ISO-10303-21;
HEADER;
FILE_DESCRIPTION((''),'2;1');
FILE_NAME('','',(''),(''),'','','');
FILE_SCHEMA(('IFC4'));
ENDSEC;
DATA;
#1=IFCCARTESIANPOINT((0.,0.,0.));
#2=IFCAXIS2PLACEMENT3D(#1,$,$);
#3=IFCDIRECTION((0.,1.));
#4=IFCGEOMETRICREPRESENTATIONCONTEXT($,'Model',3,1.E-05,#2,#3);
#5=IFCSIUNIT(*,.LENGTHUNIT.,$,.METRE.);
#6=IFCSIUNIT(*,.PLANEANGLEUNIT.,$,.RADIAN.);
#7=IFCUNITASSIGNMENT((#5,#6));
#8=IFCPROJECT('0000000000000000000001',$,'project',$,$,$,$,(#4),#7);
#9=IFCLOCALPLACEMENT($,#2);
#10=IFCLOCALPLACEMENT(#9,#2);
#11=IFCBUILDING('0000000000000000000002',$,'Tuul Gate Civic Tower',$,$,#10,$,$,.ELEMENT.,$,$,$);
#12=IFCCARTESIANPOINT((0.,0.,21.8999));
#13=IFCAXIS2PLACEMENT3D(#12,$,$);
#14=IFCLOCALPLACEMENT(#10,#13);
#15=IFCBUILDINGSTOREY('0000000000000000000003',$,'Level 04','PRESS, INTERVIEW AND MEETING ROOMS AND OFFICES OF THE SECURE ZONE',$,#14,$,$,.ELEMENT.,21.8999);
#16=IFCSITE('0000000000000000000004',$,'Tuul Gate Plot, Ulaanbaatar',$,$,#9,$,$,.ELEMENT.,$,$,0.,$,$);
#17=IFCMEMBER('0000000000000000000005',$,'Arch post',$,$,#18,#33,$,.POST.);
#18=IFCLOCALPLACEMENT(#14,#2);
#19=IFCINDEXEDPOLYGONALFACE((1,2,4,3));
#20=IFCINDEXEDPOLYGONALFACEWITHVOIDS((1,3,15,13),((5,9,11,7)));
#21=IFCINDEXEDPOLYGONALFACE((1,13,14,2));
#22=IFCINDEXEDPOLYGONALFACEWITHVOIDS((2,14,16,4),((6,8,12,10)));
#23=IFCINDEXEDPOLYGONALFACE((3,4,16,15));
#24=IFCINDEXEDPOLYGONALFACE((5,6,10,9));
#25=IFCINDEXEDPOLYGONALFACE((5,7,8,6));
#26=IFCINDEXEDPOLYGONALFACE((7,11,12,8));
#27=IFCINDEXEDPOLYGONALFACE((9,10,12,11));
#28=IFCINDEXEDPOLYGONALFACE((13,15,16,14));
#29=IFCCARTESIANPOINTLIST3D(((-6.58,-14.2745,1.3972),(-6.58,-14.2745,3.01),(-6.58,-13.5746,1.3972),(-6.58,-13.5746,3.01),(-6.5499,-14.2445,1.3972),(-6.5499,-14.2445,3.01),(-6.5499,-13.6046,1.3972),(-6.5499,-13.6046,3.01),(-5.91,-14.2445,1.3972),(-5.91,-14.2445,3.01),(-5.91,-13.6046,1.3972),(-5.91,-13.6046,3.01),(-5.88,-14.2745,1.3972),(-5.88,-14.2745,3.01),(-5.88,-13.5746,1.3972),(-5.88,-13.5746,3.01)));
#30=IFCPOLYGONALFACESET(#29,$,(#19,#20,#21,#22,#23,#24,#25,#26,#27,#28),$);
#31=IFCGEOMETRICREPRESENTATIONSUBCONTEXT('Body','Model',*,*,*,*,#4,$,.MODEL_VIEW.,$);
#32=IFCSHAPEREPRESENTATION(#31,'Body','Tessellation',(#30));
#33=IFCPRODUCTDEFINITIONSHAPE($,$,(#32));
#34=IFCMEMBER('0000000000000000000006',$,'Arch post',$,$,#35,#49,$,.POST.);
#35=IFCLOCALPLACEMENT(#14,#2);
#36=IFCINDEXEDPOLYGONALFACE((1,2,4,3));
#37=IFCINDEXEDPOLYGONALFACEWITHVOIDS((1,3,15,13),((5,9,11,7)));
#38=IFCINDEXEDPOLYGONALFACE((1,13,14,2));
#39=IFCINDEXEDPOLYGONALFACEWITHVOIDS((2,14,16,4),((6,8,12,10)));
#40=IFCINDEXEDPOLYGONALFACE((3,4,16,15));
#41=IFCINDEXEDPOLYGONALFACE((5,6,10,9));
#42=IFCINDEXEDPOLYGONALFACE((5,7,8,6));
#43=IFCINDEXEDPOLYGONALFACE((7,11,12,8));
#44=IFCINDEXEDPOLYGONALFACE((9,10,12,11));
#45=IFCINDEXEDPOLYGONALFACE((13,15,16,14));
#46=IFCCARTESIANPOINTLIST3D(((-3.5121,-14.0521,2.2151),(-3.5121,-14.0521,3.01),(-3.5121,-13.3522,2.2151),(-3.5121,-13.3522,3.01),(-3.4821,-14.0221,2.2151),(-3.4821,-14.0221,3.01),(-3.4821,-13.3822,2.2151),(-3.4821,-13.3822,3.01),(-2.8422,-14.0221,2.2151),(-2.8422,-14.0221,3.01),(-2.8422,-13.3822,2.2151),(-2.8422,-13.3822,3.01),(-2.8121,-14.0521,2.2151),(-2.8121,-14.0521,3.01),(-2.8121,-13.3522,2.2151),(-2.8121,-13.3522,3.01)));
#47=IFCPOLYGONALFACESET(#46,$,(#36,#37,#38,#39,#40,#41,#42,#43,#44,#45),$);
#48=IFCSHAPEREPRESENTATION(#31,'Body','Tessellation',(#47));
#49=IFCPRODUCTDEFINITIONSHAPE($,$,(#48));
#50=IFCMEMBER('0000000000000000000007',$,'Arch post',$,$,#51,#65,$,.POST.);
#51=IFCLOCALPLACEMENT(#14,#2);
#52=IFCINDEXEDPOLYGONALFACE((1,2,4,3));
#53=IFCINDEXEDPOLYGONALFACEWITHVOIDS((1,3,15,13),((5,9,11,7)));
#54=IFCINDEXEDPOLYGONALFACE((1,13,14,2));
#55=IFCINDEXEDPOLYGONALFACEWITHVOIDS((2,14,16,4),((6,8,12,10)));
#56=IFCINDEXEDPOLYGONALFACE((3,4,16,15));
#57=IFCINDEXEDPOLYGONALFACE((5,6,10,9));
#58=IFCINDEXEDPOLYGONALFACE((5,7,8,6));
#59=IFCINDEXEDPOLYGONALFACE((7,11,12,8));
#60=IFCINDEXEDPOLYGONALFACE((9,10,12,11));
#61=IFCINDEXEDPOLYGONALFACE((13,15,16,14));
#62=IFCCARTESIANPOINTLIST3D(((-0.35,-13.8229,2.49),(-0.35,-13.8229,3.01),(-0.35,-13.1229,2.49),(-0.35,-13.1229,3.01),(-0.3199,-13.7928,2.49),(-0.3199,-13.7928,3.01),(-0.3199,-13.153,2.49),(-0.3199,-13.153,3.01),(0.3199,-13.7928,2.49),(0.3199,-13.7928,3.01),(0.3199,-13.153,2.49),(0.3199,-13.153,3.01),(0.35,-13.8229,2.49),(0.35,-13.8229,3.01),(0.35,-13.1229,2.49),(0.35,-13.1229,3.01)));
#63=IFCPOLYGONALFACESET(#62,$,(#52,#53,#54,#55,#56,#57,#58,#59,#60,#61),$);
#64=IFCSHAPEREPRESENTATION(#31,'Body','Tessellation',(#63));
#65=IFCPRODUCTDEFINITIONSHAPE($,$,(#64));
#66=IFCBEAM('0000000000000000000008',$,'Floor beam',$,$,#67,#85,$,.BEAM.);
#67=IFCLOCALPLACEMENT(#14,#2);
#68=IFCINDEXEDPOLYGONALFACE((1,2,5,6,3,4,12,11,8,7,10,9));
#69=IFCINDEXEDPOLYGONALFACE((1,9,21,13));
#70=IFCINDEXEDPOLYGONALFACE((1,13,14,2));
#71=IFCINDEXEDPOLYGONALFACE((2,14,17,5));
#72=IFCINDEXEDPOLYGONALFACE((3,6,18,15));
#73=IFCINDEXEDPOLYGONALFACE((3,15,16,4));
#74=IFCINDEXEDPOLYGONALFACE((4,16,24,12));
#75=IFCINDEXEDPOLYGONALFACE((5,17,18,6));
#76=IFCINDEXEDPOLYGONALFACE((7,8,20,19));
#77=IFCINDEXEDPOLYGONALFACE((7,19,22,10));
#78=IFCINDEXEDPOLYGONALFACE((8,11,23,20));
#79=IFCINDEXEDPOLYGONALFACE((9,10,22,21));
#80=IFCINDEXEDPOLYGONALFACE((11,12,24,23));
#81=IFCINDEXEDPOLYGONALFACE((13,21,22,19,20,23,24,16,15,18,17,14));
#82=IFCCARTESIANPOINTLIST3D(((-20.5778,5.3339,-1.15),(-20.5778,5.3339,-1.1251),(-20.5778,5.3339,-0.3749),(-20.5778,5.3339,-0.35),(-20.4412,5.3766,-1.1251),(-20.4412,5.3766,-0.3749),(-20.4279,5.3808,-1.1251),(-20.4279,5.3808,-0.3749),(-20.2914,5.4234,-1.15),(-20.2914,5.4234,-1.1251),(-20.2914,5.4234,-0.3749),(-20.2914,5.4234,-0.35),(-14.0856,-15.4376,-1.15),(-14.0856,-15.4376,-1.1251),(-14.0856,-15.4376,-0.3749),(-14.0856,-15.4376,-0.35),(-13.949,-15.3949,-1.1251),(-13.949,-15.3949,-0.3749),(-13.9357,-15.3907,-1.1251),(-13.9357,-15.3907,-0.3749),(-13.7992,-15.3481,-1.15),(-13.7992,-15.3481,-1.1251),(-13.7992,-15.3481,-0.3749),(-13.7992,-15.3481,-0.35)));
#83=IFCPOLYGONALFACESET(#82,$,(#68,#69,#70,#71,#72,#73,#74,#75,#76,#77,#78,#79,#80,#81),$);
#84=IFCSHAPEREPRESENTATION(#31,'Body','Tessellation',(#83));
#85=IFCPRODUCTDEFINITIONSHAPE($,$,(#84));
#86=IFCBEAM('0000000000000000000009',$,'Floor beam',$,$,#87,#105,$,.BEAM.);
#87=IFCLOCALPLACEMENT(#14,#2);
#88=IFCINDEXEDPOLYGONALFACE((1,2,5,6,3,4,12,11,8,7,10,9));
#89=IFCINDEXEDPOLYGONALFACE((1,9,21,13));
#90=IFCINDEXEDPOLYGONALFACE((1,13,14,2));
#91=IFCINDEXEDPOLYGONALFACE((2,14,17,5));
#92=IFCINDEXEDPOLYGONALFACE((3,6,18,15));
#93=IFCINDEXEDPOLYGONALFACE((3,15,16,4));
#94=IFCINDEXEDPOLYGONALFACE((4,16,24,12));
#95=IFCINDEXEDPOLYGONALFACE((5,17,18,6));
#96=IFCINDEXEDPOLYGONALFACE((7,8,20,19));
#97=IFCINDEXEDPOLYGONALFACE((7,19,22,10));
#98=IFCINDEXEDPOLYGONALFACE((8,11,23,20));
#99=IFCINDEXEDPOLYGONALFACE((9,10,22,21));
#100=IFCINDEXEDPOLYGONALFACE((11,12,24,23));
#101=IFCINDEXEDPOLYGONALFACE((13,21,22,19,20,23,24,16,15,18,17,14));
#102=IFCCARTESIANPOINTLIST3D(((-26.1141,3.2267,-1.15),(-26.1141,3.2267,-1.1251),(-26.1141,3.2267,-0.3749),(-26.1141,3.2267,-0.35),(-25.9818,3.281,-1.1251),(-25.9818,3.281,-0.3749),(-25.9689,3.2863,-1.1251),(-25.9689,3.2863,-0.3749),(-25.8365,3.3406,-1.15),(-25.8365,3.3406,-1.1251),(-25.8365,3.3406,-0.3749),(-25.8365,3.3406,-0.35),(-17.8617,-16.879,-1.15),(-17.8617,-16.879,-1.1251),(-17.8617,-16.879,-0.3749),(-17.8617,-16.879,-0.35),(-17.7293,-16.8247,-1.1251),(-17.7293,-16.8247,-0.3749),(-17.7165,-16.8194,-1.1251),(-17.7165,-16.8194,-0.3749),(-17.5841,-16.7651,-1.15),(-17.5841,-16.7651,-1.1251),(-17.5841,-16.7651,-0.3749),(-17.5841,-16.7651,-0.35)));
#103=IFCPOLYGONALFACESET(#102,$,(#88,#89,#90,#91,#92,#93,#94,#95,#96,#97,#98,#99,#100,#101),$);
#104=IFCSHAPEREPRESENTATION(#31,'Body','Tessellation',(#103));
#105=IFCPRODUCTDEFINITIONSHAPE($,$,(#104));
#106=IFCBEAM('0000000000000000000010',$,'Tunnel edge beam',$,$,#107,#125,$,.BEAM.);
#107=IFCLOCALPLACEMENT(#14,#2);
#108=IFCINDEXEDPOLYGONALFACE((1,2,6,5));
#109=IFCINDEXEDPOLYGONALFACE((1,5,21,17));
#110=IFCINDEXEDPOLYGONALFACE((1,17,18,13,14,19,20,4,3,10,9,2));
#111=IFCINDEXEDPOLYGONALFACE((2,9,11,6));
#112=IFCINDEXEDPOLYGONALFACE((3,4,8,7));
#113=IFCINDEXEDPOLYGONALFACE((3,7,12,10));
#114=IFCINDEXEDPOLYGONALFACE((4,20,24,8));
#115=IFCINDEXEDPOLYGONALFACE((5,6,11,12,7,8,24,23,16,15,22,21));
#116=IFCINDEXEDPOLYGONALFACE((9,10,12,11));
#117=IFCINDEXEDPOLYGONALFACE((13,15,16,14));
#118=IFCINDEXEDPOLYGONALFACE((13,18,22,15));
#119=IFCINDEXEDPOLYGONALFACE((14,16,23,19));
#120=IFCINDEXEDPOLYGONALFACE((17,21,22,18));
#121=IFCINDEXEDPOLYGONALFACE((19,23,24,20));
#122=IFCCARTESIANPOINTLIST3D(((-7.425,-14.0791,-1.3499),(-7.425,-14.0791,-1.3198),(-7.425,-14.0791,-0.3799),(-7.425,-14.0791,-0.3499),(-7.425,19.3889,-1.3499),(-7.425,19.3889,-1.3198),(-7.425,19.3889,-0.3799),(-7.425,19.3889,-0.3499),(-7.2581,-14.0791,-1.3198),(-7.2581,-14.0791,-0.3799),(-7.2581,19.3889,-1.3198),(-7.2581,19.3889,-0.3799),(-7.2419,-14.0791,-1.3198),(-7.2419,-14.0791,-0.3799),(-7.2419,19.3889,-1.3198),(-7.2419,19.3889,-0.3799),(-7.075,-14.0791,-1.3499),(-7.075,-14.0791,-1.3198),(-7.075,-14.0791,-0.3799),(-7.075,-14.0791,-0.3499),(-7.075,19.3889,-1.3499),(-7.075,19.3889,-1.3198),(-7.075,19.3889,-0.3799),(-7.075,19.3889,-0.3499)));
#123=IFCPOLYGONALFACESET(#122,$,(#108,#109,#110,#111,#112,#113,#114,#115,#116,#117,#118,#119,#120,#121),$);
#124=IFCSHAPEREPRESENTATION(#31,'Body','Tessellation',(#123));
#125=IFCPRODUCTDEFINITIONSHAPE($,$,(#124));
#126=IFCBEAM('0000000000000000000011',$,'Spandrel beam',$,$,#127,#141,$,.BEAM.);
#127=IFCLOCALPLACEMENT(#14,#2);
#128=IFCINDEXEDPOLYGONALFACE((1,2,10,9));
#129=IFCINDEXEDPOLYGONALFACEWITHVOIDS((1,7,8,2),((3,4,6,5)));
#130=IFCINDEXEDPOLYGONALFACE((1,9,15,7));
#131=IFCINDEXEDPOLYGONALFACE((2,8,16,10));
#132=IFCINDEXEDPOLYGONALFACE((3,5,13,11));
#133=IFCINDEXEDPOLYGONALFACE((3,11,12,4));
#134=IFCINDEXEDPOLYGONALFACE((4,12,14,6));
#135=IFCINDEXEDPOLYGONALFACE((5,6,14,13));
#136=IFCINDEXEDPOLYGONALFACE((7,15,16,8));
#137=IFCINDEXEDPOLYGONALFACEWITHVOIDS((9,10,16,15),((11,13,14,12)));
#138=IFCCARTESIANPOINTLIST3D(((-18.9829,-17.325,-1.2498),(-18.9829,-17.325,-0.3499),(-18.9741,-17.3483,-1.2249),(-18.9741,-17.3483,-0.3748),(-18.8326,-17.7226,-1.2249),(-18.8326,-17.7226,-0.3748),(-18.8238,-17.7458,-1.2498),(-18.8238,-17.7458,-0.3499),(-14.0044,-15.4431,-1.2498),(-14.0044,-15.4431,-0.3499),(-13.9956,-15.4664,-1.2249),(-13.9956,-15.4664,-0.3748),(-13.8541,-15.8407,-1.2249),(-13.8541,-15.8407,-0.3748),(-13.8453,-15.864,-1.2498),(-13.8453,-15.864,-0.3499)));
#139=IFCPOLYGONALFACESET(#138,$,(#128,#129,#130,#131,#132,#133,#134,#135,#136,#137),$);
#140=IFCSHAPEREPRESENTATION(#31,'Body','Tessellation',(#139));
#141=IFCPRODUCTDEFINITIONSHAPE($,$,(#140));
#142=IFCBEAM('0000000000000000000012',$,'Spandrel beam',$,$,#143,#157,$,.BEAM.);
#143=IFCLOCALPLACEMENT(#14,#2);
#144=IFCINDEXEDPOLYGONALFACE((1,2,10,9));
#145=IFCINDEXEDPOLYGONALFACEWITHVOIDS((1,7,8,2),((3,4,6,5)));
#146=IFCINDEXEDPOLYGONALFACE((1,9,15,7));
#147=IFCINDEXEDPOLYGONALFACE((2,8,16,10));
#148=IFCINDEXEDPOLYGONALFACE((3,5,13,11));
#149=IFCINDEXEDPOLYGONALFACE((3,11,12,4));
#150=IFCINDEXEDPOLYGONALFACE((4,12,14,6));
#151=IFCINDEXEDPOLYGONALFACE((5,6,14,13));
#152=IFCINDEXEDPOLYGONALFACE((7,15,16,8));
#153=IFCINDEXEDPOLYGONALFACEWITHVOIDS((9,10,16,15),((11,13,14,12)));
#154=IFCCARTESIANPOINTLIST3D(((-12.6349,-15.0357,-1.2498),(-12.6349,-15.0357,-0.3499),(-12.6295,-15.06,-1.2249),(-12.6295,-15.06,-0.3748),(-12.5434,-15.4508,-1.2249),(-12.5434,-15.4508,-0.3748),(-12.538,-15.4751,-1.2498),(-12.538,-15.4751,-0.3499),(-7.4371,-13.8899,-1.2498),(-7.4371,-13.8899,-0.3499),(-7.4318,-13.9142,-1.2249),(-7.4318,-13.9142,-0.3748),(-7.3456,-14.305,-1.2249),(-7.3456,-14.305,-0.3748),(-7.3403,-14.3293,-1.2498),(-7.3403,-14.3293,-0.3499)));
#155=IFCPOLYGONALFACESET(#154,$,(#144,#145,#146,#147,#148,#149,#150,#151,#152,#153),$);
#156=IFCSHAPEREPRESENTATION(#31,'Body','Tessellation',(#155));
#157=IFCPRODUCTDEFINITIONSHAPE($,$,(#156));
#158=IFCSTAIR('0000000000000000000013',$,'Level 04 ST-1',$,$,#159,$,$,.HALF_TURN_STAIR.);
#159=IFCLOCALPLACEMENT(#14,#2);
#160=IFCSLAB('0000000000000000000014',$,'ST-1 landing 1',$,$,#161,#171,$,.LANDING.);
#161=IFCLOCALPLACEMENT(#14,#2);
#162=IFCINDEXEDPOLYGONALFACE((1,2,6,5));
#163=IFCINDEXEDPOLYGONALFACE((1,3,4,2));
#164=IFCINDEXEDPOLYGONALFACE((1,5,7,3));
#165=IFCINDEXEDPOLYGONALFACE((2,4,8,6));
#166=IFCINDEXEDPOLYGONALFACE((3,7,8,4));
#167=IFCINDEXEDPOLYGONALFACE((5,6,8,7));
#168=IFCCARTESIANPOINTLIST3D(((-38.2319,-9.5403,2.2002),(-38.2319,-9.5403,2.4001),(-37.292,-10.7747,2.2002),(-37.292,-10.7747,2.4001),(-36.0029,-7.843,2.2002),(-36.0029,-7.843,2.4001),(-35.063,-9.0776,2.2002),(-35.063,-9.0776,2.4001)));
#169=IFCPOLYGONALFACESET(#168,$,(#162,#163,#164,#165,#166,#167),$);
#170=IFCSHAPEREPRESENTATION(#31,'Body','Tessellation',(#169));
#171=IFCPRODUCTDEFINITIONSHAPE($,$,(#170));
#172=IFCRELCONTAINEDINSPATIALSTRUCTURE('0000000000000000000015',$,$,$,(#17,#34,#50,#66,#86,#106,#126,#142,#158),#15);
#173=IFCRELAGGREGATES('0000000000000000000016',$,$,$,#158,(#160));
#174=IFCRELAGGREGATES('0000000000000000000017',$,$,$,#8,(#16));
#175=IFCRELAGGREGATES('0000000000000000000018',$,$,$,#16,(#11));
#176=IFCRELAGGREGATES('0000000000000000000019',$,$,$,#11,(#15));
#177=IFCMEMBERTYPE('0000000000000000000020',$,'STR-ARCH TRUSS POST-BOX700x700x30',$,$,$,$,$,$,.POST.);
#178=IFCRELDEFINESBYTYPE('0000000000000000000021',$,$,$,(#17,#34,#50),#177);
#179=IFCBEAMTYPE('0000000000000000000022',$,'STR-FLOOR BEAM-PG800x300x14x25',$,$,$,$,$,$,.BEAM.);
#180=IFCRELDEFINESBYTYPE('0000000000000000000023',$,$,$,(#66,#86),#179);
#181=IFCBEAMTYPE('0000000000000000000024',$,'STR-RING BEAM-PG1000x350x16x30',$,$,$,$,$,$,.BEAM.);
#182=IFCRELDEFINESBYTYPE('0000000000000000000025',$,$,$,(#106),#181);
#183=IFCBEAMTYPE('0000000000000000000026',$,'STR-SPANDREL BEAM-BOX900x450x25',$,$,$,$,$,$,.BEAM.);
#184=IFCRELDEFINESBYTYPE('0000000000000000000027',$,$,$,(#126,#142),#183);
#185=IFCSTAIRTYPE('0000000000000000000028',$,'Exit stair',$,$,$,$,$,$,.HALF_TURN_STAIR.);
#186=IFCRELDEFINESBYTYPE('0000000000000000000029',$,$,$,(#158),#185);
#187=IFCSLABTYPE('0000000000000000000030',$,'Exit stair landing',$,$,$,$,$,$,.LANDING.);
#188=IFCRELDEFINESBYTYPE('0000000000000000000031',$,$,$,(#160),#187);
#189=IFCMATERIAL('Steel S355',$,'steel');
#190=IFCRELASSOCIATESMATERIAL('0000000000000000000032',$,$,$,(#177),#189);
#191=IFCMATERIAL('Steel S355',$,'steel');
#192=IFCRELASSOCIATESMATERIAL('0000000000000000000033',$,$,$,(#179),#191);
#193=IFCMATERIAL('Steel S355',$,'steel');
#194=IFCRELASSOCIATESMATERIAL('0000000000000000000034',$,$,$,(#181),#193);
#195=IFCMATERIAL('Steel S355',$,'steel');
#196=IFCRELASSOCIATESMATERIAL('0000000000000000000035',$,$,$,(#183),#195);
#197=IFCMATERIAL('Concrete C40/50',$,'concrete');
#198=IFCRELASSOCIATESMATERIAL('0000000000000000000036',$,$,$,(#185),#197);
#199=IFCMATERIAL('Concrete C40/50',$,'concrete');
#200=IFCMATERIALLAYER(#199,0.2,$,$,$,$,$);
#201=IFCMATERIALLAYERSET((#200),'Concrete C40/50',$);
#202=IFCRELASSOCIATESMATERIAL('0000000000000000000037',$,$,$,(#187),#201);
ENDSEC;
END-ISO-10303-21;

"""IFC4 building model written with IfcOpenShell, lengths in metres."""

from ifc_helpers import new_model, si_unit, direction, frame, origin, origin_2d, place, context, subcontext, project, spatial, polyline, hollow_rectangle, i_section, outline, extrude, material, layer, layer_set, material_profile, profile_set, type_object, element, aggregate, save


model = new_model("IFC4")

# Units and contexts
model_context = context("Model", 3, precision=1e-05, world=origin(), true_north=direction((0.0, 1.0)))
body_context = subcontext(model_context, "Body", "Model", "MODEL_VIEW")
ifc_project = project(units=[si_unit("LENGTHUNIT", "METRE"), si_unit("PLANEANGLEUNIT", "RADIAN")], contexts=[model_context])

# Site, building, storey
site_placement = place(None, origin())
site = spatial("IfcSite", under=ifc_project, at=site_placement, Name="Tuul Gate Plot, Ulaanbaatar", CompositionType="ELEMENT", RefElevation=0.0)
building_placement = place(site_placement, origin())
building = spatial("IfcBuilding", under=site, at=building_placement, Name="Tuul Gate Civic Tower", CompositionType="ELEMENT")
storey_placement = place(building_placement, frame((0.0, 0.0, 21.8999)))
storey = spatial("IfcBuildingStorey", under=building, at=storey_placement, Name="Level 04", Description="PRESS, INTERVIEW AND MEETING ROOMS AND OFFICES OF THE SECURE ZONE", CompositionType="ELEMENT", Elevation=21.8999)

# Members
ifc_material_1 = material(Name="Steel S355", Category="steel")
ifc_material_profile_1 = material_profile(ifc_material_1, hollow_rectangle(XDim=0.7, YDim=0.7, WallThickness=0.03, at=origin_2d()), Name="BOX700x700x30")
ifc_profile_set_1 = profile_set([ifc_material_profile_1], Name="Steel S355")
member_type_1 = type_object("IfcMemberType", Name="STR-ARCH TRUSS POST-BOX700x700x30", PredefinedType="POST", material=ifc_profile_set_1)
member_1_placement = place(storey_placement, frame((-6.23, -13.9246, 1.3972), z_axis=(0.0, 0.0, 1.0), x_axis=(1.0, 0.0, 0.0)))
element("IfcMember", 1, at=member_1_placement, inside=storey, type_object=member_type_1, Name="Arch post", PredefinedType="POST", context=body_context, shape_type="SweptSolid", body=[
    extrude(hollow_rectangle(XDim=0.7, YDim=0.7, WallThickness=0.03, at=origin_2d()), origin(), (0.0, 0.0, 1.0), 1.6128),
])
member_2_placement = place(storey_placement, frame((-3.1621, -13.7021, 2.2151), z_axis=(0.0, 0.0, 1.0), x_axis=(1.0, 0.0, 0.0)))
element("IfcMember", 2, at=member_2_placement, inside=storey, type_object=member_type_1, Name="Arch post", PredefinedType="POST", context=body_context, shape_type="SweptSolid", body=[
    extrude(hollow_rectangle(XDim=0.7, YDim=0.7, WallThickness=0.03, at=origin_2d()), origin(), (0.0, 0.0, 1.0), 0.7949),
])
member_3_placement = place(storey_placement, frame((0.0, -13.4729, 2.49), z_axis=(0.0, 0.0, 1.0), x_axis=(1.0, 0.0, 0.0)))
element("IfcMember", 3, at=member_3_placement, inside=storey, type_object=member_type_1, Name="Arch post", PredefinedType="POST", context=body_context, shape_type="SweptSolid", body=[
    extrude(hollow_rectangle(XDim=0.7, YDim=0.7, WallThickness=0.03, at=origin_2d()), origin(), (0.0, 0.0, 1.0), 0.52),
])

# Beams
ifc_material_2 = material(Name="Steel S355", Category="steel")
ifc_material_profile_2 = material_profile(ifc_material_2, i_section(OverallWidth=0.3, OverallDepth=0.8, WebThickness=0.0139, FlangeThickness=0.0249, at=origin_2d()), Name="PG800x300x14x25")
ifc_profile_set_2 = profile_set([ifc_material_profile_2], Name="Steel S355")
beam_type_1 = type_object("IfcBeamType", Name="STR-FLOOR BEAM-PG800x300x14x25", PredefinedType="BEAM", material=ifc_profile_set_2)
beam_1_placement = place(storey_placement, frame((-13.9424, -15.3928, -0.75), z_axis=(-0.298321, 0.954466, 0.0), x_axis=(-0.954466, -0.298321, 0.0)))
element("IfcBeam", 4, at=beam_1_placement, inside=storey, type_object=beam_type_1, Name="Floor beam", PredefinedType="BEAM", context=body_context, shape_type="SweptSolid", body=[
    extrude(i_section(OverallWidth=0.3, OverallDepth=0.8, WebThickness=0.0139, FlangeThickness=0.0249, at=origin_2d()), origin(), (0.0, 0.0, 1.0), 21.7625),
])
beam_2_placement = place(storey_placement, frame((-17.7229, -16.822, -0.75), z_axis=(-0.379712, 0.925105, 0.0), x_axis=(-0.925105, -0.379712, 0.0)))
element("IfcBeam", 5, at=beam_2_placement, inside=storey, type_object=beam_type_1, Name="Floor beam", PredefinedType="BEAM", context=body_context, shape_type="SweptSolid", body=[
    extrude(i_section(OverallWidth=0.3, OverallDepth=0.8, WebThickness=0.0139, FlangeThickness=0.0249, at=origin_2d()), origin(), (0.0, 0.0, 1.0), 21.7334),
])
ifc_material_3 = material(Name="Steel S355", Category="steel")
ifc_material_profile_3 = material_profile(ifc_material_3, i_section(OverallWidth=0.3501, OverallDepth=1.0, WebThickness=0.0161, FlangeThickness=0.03, at=origin_2d()), Name="PG1000x350x16x30")
ifc_profile_set_3 = profile_set([ifc_material_profile_3], Name="Steel S355")
beam_type_2 = type_object("IfcBeamType", Name="STR-RING BEAM-PG1000x350x16x30", PredefinedType="BEAM", material=ifc_profile_set_3)
beam_3_placement = place(storey_placement, frame((-7.25, -14.0791, -0.8499), z_axis=(0.0, 1.0, 0.0), x_axis=(-1.0, 0.0, 0.0)))
element("IfcBeam", 6, at=beam_3_placement, inside=storey, type_object=beam_type_2, Name="Tunnel edge beam", PredefinedType="BEAM", context=body_context, shape_type="SweptSolid", body=[
    extrude(i_section(OverallWidth=0.3501, OverallDepth=1.0, WebThickness=0.0161, FlangeThickness=0.03, at=origin_2d()), origin(), (0.0, 0.0, 1.0), 33.468),
])
ifc_material_4 = material(Name="Steel S355", Category="steel")
ifc_material_profile_4 = material_profile(ifc_material_4, hollow_rectangle(XDim=0.45, YDim=0.8999, WallThickness=0.0249, at=origin_2d()), Name="BOX900x450x25")
ifc_profile_set_4 = profile_set([ifc_material_profile_4], Name="Steel S355")
beam_type_3 = type_object("IfcBeamType", Name="STR-SPANDREL BEAM-BOX900x450x25", PredefinedType="BEAM", material=ifc_profile_set_4)
beam_4_placement = place(storey_placement, frame((-18.9033, -17.5354, -0.7998), z_axis=(0.935406, 0.353575, 0.0), x_axis=(-0.353575, 0.935406, 0.0)))
element("IfcBeam", 7, at=beam_4_placement, inside=storey, type_object=beam_type_3, Name="Spandrel beam", PredefinedType="BEAM", context=body_context, shape_type="SweptSolid", body=[
    extrude(hollow_rectangle(XDim=0.45, YDim=0.8999, WallThickness=0.0249, at=origin_2d()), origin(), (0.0, 0.0, 1.0), 5.3223),
])
beam_5_placement = place(storey_placement, frame((-12.5864, -15.2554, -0.7998), z_axis=(0.976556, 0.215264, 0.0), x_axis=(-0.215264, 0.976556, 0.0)))
element("IfcBeam", 8, at=beam_5_placement, inside=storey, type_object=beam_type_3, Name="Spandrel beam", PredefinedType="BEAM", context=body_context, shape_type="SweptSolid", body=[
    extrude(hollow_rectangle(XDim=0.45, YDim=0.8999, WallThickness=0.0249, at=origin_2d()), origin(), (0.0, 0.0, 1.0), 5.3225),
])

# Stair, slab
ifc_material_5 = material(Name="Concrete C40/50", Category="concrete")
stair_type = type_object("IfcStairType", Name="Exit stair", PredefinedType="HALF_TURN_STAIR", material=ifc_material_5)
stair_placement = place(storey_placement, origin())
stair = element("IfcStair", 9, at=stair_placement, inside=storey, type_object=stair_type, Name="Level 04 ST-1", PredefinedType="HALF_TURN_STAIR")
ifc_material_6 = material(Name="Concrete C40/50", Category="concrete")
ifc_layer_1 = layer(ifc_material_6, 0.2)
ifc_layer_set_1 = layer_set([ifc_layer_1], Name="Concrete C40/50")
slab_type = type_object("IfcSlabType", Name="Exit stair landing", PredefinedType="LANDING", material=ifc_layer_set_1)
slab_placement = place(storey_placement, frame((0.0, 0.0, 2.2002)))
slab = element("IfcSlab", 10, at=slab_placement, type_object=slab_type, Name="ST-1 landing 1", PredefinedType="LANDING", context=body_context, shape_type="SweptSolid", body=[
    extrude(outline(polyline([(-35.063, -9.0776), (-37.292, -10.7747), (-38.2319, -9.5403), (-36.0029, -7.843), (-35.063, -9.0776)])), origin(), (0.0, 0.0, 1.0), 0.2),
])
aggregate(stair, [slab])

save(model, "model.ifc")
